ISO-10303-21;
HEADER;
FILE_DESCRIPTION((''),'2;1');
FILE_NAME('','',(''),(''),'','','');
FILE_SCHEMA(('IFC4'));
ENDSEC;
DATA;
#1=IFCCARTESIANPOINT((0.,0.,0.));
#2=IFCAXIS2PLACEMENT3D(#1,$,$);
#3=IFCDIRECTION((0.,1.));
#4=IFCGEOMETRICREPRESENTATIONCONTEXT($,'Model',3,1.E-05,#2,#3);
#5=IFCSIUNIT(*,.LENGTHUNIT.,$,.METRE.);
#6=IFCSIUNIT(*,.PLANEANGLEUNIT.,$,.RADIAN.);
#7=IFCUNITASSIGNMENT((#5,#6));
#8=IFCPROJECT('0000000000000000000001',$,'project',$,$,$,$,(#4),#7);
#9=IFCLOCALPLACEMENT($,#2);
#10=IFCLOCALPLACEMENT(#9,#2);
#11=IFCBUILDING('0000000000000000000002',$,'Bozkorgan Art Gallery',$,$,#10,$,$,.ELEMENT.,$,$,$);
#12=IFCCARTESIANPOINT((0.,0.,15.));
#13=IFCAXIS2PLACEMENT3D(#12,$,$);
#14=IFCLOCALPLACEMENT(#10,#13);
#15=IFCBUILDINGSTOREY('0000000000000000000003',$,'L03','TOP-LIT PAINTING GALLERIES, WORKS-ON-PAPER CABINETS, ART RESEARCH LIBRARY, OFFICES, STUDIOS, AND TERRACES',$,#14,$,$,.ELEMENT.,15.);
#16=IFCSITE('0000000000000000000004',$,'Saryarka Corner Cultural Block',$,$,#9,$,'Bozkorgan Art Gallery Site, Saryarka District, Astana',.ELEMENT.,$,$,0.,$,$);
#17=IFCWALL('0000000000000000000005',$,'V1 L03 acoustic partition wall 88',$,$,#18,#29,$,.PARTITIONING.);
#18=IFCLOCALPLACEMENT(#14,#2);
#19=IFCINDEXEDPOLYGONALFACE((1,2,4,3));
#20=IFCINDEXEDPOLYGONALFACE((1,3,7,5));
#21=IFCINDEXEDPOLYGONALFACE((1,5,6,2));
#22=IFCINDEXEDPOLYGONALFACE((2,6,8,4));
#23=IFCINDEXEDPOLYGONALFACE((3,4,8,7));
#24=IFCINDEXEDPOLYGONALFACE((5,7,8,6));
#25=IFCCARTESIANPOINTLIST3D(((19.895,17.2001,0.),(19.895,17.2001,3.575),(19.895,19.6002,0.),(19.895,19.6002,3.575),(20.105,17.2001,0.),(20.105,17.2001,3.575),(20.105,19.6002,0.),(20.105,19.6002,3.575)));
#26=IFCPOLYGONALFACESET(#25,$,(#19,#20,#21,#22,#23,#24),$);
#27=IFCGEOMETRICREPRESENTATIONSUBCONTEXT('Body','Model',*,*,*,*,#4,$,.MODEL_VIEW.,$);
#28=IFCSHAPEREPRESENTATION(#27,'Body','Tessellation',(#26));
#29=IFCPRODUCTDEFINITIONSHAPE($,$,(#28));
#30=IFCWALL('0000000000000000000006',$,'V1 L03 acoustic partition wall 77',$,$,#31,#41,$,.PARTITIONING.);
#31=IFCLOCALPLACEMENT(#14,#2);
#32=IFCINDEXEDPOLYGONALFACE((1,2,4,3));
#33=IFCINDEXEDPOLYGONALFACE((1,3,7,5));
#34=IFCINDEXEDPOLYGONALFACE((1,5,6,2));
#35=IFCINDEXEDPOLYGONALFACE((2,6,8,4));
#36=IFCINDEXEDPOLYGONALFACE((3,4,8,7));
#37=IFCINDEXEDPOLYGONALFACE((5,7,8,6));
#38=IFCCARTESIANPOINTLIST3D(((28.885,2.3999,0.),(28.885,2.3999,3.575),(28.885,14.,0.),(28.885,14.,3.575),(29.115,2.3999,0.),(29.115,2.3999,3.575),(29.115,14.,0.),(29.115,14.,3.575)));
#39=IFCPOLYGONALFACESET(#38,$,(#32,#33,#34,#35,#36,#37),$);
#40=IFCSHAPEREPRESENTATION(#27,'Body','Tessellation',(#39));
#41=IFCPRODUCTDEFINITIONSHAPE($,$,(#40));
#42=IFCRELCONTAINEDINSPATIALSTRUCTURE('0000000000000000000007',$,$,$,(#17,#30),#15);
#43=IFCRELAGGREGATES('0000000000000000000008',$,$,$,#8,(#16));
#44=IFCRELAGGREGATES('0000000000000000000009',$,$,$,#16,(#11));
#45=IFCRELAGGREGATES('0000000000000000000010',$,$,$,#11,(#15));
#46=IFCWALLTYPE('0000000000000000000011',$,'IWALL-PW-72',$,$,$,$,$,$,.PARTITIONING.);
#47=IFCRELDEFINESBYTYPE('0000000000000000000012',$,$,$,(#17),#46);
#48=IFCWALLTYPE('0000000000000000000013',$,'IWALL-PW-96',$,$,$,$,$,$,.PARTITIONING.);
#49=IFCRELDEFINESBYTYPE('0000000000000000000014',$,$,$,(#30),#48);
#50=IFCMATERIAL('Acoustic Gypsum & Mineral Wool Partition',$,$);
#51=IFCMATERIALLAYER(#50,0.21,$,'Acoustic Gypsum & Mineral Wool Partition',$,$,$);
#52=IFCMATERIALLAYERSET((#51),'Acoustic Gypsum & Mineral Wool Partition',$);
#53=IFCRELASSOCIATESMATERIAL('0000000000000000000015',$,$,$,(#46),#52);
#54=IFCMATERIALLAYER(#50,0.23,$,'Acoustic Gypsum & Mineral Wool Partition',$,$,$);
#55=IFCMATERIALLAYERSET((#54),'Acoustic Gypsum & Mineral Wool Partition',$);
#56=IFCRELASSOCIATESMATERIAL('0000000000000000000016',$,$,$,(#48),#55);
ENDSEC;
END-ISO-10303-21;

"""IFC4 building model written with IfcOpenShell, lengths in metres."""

from ifc_helpers import new_model, si_unit, direction, frame, frame_2d, origin, place, context, subcontext, project, spatial, rectangle, extrude, material, layer, layer_set, type_object, element, save


model = new_model("IFC4")

# Units and contexts
model_context = context("Model", 3, precision=1e-05, world=origin(), true_north=direction((0.0, 1.0)))
body_context = subcontext(model_context, "Body", "Model", "MODEL_VIEW")
ifc_project = project(units=[si_unit("LENGTHUNIT", "METRE"), si_unit("PLANEANGLEUNIT", "RADIAN")], contexts=[model_context])

# Site, building, storey
site_placement = place(None, origin())
site = spatial("IfcSite", under=ifc_project, at=site_placement, Name="Saryarka Corner Cultural Block", LongName="Bozkorgan Art Gallery Site, Saryarka District, Astana", CompositionType="ELEMENT", RefElevation=0.0)
building_placement = place(site_placement, origin())
building = spatial("IfcBuilding", under=site, at=building_placement, Name="Bozkorgan Art Gallery", CompositionType="ELEMENT")
storey_placement = place(building_placement, frame((0.0, 0.0, 15.0)))
storey = spatial("IfcBuildingStorey", under=building, at=storey_placement, Name="L03", Description="TOP-LIT PAINTING GALLERIES, WORKS-ON-PAPER CABINETS, ART RESEARCH LIBRARY, OFFICES, STUDIOS, AND TERRACES", CompositionType="ELEMENT", Elevation=15.0)

# Shared definitions
ifc_material_1 = material(Name="Acoustic Gypsum & Mineral Wool Partition")

# Walls
ifc_layer_1 = layer(ifc_material_1, 0.21, Name="Acoustic Gypsum & Mineral Wool Partition")
ifc_layer_set_1 = layer_set([ifc_layer_1], Name="Acoustic Gypsum & Mineral Wool Partition")
wall_type_1 = type_object("IfcWallType", Name="IWALL-PW-72", PredefinedType="PARTITIONING", material=ifc_layer_set_1)
wall_1_placement = place(storey_placement, frame((20.0, 17.2, 0.0), z_axis=(0.0, 0.0, 1.0), x_axis=(0.0, 1.0, 0.0)))
element("IfcWall", 1, at=wall_1_placement, inside=storey, type_object=wall_type_1, Name="V1 L03 acoustic partition wall 88", PredefinedType="PARTITIONING", context=body_context, shape_type="SweptSolid", body=[
    extrude(rectangle(XDim=2.4001, YDim=0.21, at=frame_2d((1.2002, 0.0))), origin(), (0.0, 0.0, 1.0), 3.575),
])
ifc_layer_2 = layer(ifc_material_1, 0.23, Name="Acoustic Gypsum & Mineral Wool Partition")
ifc_layer_set_2 = layer_set([ifc_layer_2], Name="Acoustic Gypsum & Mineral Wool Partition")
wall_type_2 = type_object("IfcWallType", Name="IWALL-PW-96", PredefinedType="PARTITIONING", material=ifc_layer_set_2)
wall_2_placement = place(storey_placement, frame((29.0, 2.3999, 0.0), z_axis=(0.0, 0.0, 1.0), x_axis=(0.0, 1.0, 0.0)))
element("IfcWall", 2, at=wall_2_placement, inside=storey, type_object=wall_type_2, Name="V1 L03 acoustic partition wall 77", PredefinedType="PARTITIONING", context=body_context, shape_type="SweptSolid", body=[
    extrude(rectangle(XDim=11.6001, YDim=0.23, at=frame_2d((5.8, 0.0))), origin(), (0.0, 0.0, 1.0), 3.575),
])

save(model, "model.ifc")
